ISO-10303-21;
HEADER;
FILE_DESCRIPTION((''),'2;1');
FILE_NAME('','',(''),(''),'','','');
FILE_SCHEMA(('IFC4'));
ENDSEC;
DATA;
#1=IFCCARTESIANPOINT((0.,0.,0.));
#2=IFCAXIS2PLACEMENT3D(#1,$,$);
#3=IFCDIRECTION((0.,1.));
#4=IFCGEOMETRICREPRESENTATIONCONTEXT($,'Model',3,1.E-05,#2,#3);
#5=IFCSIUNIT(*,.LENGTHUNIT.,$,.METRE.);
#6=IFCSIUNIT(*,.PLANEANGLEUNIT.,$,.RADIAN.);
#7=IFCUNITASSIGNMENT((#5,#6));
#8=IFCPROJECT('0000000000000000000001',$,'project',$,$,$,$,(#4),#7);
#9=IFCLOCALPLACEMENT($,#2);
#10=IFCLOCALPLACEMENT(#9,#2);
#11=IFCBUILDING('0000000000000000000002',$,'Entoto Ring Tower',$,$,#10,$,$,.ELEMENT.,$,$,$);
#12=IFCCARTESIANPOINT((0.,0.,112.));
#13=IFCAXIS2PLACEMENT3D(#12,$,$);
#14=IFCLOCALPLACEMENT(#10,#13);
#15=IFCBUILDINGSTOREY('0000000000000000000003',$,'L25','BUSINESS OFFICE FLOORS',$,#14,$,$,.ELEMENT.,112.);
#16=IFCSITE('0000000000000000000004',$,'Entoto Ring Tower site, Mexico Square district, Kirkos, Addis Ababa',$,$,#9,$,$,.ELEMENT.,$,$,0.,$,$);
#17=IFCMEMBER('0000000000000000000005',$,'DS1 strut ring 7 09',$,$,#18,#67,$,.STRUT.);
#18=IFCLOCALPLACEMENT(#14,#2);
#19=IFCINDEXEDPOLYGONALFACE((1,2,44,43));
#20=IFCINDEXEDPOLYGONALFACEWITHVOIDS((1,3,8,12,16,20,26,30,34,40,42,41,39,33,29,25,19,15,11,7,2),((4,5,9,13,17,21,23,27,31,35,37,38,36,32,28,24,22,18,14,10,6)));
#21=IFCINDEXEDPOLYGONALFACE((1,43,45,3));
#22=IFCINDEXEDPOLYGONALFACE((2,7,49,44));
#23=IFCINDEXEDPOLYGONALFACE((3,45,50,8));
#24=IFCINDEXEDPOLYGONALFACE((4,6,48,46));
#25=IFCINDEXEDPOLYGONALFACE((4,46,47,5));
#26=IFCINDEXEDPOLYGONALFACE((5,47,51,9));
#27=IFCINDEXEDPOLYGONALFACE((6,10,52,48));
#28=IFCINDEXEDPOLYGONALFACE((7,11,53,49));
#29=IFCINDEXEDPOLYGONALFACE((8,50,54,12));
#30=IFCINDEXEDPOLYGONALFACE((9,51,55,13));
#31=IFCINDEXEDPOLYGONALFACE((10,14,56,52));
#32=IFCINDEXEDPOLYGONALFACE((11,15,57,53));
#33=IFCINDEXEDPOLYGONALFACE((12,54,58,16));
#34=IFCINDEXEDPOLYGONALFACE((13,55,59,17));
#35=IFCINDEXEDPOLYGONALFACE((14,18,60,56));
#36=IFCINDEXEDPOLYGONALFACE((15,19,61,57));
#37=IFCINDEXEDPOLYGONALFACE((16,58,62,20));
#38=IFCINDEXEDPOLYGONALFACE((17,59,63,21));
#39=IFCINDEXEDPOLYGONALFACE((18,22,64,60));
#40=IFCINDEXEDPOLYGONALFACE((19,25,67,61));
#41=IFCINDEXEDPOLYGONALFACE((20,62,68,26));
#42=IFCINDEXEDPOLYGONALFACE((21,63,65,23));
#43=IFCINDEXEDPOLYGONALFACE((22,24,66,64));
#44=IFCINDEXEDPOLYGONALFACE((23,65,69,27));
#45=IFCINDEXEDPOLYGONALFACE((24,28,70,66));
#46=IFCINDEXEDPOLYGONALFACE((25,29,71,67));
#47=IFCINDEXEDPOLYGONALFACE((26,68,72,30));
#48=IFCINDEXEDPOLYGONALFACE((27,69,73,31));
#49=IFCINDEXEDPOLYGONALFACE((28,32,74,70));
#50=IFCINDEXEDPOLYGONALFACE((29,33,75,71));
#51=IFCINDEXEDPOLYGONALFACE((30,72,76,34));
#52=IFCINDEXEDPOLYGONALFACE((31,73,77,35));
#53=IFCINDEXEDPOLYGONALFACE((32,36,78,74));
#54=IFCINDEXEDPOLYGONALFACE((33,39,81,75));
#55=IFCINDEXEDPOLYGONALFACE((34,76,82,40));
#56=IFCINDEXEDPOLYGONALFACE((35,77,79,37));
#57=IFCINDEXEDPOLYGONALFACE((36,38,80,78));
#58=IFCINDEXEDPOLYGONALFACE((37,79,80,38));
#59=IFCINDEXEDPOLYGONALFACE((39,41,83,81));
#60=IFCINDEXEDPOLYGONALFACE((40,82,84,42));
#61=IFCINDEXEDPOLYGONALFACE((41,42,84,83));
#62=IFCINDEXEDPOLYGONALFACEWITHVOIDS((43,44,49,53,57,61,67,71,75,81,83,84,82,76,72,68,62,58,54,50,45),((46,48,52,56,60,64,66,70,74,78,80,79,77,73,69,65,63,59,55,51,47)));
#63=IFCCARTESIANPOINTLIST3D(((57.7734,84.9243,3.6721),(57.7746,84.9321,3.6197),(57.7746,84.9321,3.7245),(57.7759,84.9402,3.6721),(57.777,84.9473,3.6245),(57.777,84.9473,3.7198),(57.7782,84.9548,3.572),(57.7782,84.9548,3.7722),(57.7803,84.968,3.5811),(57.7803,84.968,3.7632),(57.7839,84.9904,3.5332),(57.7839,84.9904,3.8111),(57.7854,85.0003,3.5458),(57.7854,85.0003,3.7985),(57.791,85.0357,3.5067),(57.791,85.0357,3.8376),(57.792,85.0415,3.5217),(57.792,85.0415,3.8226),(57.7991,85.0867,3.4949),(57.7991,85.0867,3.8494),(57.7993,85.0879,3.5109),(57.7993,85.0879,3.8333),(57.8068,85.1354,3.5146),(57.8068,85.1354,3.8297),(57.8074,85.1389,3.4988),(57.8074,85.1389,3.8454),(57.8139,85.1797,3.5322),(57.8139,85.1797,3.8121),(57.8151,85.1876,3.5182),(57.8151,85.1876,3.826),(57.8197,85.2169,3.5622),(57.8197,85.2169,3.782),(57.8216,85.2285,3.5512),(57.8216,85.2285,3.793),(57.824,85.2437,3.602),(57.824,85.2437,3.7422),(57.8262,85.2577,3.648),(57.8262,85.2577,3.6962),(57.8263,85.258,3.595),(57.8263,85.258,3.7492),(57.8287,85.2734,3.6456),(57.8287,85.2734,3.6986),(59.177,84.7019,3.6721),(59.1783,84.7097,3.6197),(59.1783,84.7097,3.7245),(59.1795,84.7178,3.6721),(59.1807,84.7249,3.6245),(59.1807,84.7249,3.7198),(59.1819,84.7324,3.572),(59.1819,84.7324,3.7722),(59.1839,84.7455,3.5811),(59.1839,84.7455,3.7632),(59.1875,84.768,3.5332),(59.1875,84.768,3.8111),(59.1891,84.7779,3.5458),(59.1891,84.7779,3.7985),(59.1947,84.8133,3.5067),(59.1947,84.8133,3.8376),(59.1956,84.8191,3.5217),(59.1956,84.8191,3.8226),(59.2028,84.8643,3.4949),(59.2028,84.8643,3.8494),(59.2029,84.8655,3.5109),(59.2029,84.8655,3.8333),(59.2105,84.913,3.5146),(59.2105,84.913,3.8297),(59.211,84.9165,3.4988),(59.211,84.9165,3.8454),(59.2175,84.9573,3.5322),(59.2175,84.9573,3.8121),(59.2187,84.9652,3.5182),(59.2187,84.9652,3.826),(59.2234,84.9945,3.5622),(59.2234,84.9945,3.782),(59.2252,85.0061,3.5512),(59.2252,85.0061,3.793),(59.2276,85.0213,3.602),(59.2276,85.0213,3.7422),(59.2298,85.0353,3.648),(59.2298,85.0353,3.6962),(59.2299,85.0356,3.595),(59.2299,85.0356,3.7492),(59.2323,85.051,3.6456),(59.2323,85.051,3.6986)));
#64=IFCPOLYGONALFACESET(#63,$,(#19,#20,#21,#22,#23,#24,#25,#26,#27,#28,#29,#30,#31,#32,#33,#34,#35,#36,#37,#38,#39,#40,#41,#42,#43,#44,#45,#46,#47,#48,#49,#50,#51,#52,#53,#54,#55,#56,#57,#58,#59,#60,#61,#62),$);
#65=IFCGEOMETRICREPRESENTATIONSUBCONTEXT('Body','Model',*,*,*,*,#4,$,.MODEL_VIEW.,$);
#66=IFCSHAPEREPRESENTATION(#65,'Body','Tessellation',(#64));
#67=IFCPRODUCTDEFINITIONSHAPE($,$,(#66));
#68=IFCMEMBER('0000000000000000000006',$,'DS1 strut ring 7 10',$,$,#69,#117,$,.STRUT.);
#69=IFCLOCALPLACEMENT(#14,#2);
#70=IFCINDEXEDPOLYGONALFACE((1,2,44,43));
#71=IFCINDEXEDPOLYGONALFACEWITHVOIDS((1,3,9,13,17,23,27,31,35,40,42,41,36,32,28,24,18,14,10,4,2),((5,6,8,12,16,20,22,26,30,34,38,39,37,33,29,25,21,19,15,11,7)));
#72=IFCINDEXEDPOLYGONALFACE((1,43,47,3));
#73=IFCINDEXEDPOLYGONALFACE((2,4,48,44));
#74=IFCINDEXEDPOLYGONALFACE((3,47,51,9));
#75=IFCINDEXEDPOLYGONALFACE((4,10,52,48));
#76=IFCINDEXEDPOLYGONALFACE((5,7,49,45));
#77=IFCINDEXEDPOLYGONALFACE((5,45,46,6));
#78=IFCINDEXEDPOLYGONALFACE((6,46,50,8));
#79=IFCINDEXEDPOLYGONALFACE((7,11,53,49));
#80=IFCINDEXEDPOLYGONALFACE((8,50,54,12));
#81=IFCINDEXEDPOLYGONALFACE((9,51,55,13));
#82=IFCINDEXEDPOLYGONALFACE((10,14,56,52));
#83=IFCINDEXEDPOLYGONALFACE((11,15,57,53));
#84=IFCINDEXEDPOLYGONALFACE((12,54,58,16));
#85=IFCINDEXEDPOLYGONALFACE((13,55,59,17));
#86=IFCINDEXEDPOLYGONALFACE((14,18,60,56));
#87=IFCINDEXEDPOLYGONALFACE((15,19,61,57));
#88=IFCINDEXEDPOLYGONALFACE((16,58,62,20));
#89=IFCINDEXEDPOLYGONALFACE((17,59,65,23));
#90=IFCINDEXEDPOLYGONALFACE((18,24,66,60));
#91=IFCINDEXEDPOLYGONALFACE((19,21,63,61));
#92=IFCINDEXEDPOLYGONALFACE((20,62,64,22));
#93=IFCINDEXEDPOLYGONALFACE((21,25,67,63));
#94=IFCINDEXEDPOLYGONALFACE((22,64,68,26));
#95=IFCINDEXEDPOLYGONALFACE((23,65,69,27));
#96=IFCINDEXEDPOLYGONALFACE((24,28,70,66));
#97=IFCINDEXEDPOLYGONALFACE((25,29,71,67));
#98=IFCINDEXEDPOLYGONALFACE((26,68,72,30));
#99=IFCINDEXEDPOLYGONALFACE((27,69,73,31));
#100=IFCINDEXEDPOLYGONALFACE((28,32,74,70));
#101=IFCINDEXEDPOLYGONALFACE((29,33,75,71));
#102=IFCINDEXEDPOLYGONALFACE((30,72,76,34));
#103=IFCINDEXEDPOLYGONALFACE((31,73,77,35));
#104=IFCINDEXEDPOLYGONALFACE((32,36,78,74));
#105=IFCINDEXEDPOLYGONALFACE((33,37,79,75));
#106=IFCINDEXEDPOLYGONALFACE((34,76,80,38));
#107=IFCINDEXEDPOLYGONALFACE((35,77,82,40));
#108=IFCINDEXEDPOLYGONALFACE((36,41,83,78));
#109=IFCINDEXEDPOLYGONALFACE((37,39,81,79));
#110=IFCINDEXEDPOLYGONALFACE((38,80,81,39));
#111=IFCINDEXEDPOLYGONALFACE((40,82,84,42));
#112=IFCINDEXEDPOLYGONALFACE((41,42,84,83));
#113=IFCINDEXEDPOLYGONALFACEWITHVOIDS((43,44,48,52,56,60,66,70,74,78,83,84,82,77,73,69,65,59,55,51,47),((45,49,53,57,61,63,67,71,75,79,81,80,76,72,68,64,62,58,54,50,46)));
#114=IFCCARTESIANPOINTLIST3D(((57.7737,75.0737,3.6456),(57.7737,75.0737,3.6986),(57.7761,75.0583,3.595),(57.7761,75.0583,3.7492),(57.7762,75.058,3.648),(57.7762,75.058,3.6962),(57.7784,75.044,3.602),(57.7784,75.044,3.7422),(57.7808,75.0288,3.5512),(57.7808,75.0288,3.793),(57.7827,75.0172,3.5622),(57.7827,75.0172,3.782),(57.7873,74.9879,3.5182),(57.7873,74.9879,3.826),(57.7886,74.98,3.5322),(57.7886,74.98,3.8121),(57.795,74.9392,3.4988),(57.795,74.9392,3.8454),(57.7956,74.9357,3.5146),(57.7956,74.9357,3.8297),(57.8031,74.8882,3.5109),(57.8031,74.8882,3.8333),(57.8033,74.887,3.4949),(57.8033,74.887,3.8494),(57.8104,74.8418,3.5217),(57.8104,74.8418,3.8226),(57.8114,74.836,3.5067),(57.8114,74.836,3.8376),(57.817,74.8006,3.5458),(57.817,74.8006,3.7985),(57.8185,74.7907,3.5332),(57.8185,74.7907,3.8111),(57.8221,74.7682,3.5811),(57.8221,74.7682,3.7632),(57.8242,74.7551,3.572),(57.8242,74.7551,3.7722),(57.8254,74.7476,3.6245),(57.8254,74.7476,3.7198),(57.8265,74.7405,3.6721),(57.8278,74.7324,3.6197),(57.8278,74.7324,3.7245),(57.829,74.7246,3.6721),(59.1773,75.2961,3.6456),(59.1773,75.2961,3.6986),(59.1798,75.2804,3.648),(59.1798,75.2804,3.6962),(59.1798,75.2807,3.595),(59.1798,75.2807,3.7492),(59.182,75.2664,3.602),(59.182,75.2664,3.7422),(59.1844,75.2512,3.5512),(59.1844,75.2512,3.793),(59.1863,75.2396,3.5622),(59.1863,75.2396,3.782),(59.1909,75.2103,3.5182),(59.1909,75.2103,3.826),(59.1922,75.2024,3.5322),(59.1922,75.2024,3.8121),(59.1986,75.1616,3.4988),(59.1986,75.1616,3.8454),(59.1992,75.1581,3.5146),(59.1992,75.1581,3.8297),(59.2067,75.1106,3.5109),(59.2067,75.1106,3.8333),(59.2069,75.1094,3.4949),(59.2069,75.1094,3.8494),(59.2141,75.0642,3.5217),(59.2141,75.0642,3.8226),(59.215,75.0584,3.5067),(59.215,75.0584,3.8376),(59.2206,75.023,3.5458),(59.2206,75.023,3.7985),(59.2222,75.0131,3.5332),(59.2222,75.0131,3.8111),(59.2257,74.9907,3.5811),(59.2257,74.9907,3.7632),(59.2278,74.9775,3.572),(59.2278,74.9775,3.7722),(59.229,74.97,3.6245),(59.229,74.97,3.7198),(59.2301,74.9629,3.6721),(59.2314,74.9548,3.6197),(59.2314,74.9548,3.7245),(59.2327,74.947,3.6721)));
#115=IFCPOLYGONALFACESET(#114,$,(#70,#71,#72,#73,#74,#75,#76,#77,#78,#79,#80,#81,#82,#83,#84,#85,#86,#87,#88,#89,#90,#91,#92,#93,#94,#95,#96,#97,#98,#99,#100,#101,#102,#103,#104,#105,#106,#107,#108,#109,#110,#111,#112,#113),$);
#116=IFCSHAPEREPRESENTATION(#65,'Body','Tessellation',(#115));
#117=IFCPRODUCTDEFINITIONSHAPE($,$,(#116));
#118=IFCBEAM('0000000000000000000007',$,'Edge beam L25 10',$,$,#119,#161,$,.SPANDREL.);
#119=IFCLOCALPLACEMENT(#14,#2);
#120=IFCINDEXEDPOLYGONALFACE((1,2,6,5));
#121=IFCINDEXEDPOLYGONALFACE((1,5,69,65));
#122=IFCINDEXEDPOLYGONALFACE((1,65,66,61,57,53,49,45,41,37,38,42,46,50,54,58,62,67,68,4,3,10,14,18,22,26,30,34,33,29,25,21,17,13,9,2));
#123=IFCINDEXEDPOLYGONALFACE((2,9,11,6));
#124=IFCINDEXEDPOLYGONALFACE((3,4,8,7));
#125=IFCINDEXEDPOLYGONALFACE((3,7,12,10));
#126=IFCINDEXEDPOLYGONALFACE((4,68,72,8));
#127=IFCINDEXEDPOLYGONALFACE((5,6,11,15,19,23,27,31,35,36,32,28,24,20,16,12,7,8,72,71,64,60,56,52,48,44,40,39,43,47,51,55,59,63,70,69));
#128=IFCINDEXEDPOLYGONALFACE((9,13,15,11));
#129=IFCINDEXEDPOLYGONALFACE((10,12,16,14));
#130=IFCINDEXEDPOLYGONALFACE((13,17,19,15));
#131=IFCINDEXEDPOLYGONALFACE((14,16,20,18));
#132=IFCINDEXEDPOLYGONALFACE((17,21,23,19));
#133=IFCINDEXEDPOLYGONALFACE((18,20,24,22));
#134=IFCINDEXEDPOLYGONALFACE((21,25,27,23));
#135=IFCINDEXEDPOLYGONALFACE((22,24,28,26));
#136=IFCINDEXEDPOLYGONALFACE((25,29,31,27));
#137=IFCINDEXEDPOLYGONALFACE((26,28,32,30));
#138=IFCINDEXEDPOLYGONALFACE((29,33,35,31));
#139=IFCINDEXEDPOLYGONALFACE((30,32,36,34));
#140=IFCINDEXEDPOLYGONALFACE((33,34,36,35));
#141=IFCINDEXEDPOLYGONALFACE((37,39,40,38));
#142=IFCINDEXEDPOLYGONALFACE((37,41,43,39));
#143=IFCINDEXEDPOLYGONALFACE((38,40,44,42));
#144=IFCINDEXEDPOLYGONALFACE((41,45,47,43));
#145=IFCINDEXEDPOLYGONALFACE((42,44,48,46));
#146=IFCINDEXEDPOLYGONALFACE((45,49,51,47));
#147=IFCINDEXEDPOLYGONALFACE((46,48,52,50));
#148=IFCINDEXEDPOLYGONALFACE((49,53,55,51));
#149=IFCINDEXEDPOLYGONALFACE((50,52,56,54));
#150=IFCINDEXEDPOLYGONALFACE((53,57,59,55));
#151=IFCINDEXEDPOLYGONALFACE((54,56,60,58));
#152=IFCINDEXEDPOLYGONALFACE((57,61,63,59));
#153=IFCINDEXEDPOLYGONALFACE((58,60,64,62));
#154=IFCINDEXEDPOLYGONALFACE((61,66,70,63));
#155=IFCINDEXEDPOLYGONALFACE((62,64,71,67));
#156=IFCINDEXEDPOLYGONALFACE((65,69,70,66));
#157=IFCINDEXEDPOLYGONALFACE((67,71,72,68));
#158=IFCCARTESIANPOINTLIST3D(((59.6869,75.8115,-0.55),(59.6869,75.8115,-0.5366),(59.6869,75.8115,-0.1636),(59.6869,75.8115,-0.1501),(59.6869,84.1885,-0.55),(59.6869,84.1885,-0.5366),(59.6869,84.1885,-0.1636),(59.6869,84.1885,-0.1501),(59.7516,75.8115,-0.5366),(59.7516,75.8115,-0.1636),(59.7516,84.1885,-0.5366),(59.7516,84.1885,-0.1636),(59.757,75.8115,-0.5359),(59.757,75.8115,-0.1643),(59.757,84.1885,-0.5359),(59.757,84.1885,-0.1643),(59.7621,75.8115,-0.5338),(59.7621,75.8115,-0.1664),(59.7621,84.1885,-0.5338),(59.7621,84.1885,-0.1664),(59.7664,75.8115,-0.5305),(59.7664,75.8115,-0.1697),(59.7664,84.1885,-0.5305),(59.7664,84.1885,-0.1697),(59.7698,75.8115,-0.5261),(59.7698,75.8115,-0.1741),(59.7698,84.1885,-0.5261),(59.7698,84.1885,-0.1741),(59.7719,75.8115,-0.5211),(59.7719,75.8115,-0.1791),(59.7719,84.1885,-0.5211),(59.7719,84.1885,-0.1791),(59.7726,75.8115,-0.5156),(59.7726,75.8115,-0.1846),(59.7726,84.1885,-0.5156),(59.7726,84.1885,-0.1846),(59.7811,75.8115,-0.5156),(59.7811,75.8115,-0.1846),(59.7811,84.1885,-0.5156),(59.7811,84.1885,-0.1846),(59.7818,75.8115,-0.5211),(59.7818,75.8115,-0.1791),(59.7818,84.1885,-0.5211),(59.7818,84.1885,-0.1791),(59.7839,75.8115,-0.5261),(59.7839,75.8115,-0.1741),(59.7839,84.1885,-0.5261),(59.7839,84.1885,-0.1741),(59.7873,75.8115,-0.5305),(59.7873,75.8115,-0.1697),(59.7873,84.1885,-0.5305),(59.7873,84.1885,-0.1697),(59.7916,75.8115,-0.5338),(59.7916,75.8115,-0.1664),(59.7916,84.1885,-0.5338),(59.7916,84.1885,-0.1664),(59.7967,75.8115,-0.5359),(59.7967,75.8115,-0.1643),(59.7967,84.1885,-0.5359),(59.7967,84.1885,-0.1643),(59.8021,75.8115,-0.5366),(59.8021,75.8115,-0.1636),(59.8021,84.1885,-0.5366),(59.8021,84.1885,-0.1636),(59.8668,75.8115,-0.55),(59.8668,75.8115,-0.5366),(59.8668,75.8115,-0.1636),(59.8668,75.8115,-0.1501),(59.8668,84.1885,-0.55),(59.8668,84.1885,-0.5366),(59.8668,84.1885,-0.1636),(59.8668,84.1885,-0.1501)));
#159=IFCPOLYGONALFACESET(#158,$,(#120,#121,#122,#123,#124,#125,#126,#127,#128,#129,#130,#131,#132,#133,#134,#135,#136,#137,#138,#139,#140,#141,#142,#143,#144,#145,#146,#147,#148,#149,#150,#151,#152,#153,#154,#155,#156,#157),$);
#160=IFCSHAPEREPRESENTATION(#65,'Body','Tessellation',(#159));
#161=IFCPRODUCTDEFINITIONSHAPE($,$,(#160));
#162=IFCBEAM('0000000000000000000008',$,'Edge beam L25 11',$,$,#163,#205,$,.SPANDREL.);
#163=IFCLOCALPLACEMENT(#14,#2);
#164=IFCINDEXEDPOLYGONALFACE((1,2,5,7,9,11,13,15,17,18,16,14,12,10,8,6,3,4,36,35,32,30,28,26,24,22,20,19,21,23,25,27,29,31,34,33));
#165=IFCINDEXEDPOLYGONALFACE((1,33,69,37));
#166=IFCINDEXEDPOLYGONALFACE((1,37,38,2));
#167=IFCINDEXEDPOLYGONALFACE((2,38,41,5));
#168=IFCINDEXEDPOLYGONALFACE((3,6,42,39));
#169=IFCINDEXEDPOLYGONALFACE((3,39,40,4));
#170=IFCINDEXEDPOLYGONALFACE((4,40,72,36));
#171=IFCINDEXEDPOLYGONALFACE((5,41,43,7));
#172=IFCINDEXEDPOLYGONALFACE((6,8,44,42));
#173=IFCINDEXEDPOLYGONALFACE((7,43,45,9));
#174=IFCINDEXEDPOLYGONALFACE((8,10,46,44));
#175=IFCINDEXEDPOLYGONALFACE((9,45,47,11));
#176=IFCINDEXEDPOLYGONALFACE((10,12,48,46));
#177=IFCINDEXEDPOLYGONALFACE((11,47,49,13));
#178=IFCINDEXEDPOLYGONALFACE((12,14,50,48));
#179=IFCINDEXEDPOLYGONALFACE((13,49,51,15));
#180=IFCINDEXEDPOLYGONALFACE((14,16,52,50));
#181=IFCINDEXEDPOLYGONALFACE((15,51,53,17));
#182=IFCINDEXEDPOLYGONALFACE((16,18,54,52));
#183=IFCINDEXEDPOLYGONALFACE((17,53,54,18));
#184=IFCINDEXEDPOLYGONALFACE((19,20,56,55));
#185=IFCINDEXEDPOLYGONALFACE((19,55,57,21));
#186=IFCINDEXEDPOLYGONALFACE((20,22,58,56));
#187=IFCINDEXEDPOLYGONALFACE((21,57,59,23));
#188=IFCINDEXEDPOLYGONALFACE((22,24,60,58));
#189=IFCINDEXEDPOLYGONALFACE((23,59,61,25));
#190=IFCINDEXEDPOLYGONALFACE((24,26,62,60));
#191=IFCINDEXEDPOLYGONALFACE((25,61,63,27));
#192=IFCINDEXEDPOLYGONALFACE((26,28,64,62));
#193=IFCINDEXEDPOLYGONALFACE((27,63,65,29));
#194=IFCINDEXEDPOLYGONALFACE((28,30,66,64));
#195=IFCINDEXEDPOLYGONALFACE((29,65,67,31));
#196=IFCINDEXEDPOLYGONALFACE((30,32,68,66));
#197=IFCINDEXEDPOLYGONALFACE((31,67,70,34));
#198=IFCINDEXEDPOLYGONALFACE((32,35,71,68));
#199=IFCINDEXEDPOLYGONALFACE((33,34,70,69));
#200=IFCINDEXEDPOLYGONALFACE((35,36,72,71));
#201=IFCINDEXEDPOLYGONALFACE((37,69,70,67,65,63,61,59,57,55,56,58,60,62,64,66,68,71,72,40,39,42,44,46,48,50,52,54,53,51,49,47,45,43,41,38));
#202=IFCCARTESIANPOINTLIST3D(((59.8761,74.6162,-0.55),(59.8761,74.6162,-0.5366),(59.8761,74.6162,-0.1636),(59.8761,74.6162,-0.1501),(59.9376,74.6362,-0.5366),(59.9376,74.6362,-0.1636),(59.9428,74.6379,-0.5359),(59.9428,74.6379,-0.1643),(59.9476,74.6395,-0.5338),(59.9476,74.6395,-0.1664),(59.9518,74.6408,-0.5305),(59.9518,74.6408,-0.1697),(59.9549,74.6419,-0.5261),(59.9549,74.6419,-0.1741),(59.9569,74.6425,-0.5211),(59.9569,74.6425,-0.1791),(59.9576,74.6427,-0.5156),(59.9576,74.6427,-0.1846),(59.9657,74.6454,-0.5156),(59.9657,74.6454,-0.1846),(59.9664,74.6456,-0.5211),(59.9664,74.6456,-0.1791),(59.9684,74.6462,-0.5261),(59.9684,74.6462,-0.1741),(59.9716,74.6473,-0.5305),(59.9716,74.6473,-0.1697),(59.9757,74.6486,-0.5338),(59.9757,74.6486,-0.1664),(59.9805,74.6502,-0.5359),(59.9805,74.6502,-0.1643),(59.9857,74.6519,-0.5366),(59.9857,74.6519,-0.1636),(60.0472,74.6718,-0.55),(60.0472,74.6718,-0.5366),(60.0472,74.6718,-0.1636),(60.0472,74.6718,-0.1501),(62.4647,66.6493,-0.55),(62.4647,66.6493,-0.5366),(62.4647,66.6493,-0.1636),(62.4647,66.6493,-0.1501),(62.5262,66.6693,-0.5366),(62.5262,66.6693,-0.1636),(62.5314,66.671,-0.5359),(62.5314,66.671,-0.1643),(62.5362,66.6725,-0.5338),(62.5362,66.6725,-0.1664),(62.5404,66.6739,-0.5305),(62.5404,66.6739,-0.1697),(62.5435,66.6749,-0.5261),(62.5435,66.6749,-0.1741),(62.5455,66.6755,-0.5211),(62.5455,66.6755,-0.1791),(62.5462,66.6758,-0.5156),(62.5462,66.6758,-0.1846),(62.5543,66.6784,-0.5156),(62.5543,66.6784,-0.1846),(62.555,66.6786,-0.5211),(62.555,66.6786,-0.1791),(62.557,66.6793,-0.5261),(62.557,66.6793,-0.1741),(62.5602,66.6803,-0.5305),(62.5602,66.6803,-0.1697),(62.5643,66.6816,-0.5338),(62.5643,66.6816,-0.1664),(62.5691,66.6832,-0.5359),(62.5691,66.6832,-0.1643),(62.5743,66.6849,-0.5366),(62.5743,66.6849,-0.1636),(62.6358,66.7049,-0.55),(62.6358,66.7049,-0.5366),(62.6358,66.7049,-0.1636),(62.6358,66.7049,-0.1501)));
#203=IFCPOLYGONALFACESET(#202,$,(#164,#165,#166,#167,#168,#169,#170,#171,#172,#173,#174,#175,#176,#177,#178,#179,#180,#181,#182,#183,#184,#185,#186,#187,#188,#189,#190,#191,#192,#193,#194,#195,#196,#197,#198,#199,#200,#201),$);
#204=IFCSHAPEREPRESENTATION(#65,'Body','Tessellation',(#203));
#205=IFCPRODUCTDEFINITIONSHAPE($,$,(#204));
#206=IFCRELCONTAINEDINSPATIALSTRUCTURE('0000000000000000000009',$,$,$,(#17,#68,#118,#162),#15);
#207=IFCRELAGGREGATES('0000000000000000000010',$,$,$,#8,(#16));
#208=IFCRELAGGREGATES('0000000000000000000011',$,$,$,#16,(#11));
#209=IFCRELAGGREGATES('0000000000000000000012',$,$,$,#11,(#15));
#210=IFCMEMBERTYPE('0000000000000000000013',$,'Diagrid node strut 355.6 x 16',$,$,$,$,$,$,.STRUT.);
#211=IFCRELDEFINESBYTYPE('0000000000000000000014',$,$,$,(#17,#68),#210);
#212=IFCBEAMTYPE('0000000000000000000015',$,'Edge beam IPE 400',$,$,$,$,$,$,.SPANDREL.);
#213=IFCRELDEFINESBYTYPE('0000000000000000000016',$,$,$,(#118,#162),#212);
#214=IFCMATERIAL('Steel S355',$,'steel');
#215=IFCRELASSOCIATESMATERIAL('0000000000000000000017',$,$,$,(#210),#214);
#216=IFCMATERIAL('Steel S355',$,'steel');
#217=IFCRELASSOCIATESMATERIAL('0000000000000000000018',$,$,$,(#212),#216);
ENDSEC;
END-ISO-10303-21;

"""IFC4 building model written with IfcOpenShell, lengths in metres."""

from ifc_helpers import new_model, si_unit, direction, frame, origin, origin_2d, place, context, subcontext, project, spatial, circle, hollow_circle, i_section, extrude, material, material_profile, profile_set, type_object, element, save


model = new_model("IFC4")

# Units and contexts
model_context = context("Model", 3, precision=1e-05, world=origin(), true_north=direction((0.0, 1.0)))
body_context = subcontext(model_context, "Body", "Model", "MODEL_VIEW")
ifc_project = project(units=[si_unit("LENGTHUNIT", "METRE"), si_unit("PLANEANGLEUNIT", "RADIAN")], contexts=[model_context])

# Site, building, storey
site_placement = place(None, origin())
site = spatial("IfcSite", under=ifc_project, at=site_placement, Name="Entoto Ring Tower site, Mexico Square district, Kirkos, Addis Ababa", CompositionType="ELEMENT", RefElevation=0.0)
building_placement = place(site_placement, origin())
building = spatial("IfcBuilding", under=site, at=building_placement, Name="Entoto Ring Tower", CompositionType="ELEMENT")
storey_placement = place(building_placement, frame((0.0, 0.0, 112.0)))
storey = spatial("IfcBuildingStorey", under=building, at=storey_placement, Name="L25", Description="BUSINESS OFFICE FLOORS", CompositionType="ELEMENT", Elevation=112.0)

# Members
ifc_material_1 = material(Name="Steel S355", Category="steel")
ifc_material_profile_1 = material_profile(ifc_material_1, hollow_circle(Radius=0.1777, WallThickness=0.0161, at=origin_2d()), Name="CHS 355.6 x 16")
ifc_material_2 = material(Name="Concrete C60/75", Category="concrete")
ifc_material_profile_2 = material_profile(ifc_material_2, circle(Radius=0.1619, at=origin_2d()), Name="Concrete C60/75 infill")
ifc_profile_set_1 = profile_set([ifc_material_profile_1, ifc_material_profile_2], Name="Steel S355")
member_type = type_object("IfcMemberType", Name="Diagrid node strut 355.6 x 16", PredefinedType="STRUT", material=ifc_profile_set_1)
for number, where, z_axis, x_axis, name in (
    (1, (59.2048, 84.8774, 3.6721), (-0.987676, 0.15651, 0.0), (-0.15651, -0.987676, 0.0), "DS1 strut ring 7 09"),
    (2, (59.2048, 75.1226, 3.6721), (-0.987676, -0.15651, 0.0), (0.15651, -0.987676, 0.0), "DS1 strut ring 7 10"),
):
    element("IfcMember", number, at=place(storey_placement, frame(where, z_axis=z_axis, x_axis=x_axis)), inside=storey, type_object=member_type, Name=name, PredefinedType="STRUT", context=body_context, shape_type="SweptSolid", body=[
        extrude(hollow_circle(Radius=0.1777, WallThickness=0.0161, at=origin_2d()), origin(), (0.0, 0.0, 1.0), 1.4211),
    ])

# Beams
ifc_material_3 = material(Name="Steel S355", Category="steel")
ifc_material_profile_3 = material_profile(ifc_material_3, i_section(OverallWidth=0.1799, OverallDepth=0.3999, WebThickness=0.0085, FlangeThickness=0.0134, FilletRadius=0.021, at=origin_2d()), Name="IPE 400")
ifc_profile_set_2 = profile_set([ifc_material_profile_3], Name="Steel S355")
beam_type_1 = type_object("IfcBeamType", Name="Edge beam IPE 400", PredefinedType="SPANDREL", material=ifc_profile_set_2)
for number, where, z_axis, x_axis, name in (
    (3, (59.7769, 84.1885, -0.3501), (0.0, -1.0, 0.0), (1.0, 0.0, 0.0), "Edge beam L25 10"),
    (4, (59.9617, 74.644, -0.3501), (0.309014, -0.951057, 0.0), (0.951057, 0.309014, 0.0), "Edge beam L25 11"),
):
    element("IfcBeam", number, at=place(storey_placement, frame(where, z_axis=z_axis, x_axis=x_axis)), inside=storey, type_object=beam_type_1, Name=name, PredefinedType="SPANDREL", context=body_context, shape_type="SweptSolid", body=[
        extrude(i_section(OverallWidth=0.1799, OverallDepth=0.3999, WebThickness=0.0085, FlangeThickness=0.0134, FilletRadius=0.021, at=origin_2d()), origin(), (0.0, 0.0, 1.0), 8.377),
    ])

save(model, "model.ifc")
